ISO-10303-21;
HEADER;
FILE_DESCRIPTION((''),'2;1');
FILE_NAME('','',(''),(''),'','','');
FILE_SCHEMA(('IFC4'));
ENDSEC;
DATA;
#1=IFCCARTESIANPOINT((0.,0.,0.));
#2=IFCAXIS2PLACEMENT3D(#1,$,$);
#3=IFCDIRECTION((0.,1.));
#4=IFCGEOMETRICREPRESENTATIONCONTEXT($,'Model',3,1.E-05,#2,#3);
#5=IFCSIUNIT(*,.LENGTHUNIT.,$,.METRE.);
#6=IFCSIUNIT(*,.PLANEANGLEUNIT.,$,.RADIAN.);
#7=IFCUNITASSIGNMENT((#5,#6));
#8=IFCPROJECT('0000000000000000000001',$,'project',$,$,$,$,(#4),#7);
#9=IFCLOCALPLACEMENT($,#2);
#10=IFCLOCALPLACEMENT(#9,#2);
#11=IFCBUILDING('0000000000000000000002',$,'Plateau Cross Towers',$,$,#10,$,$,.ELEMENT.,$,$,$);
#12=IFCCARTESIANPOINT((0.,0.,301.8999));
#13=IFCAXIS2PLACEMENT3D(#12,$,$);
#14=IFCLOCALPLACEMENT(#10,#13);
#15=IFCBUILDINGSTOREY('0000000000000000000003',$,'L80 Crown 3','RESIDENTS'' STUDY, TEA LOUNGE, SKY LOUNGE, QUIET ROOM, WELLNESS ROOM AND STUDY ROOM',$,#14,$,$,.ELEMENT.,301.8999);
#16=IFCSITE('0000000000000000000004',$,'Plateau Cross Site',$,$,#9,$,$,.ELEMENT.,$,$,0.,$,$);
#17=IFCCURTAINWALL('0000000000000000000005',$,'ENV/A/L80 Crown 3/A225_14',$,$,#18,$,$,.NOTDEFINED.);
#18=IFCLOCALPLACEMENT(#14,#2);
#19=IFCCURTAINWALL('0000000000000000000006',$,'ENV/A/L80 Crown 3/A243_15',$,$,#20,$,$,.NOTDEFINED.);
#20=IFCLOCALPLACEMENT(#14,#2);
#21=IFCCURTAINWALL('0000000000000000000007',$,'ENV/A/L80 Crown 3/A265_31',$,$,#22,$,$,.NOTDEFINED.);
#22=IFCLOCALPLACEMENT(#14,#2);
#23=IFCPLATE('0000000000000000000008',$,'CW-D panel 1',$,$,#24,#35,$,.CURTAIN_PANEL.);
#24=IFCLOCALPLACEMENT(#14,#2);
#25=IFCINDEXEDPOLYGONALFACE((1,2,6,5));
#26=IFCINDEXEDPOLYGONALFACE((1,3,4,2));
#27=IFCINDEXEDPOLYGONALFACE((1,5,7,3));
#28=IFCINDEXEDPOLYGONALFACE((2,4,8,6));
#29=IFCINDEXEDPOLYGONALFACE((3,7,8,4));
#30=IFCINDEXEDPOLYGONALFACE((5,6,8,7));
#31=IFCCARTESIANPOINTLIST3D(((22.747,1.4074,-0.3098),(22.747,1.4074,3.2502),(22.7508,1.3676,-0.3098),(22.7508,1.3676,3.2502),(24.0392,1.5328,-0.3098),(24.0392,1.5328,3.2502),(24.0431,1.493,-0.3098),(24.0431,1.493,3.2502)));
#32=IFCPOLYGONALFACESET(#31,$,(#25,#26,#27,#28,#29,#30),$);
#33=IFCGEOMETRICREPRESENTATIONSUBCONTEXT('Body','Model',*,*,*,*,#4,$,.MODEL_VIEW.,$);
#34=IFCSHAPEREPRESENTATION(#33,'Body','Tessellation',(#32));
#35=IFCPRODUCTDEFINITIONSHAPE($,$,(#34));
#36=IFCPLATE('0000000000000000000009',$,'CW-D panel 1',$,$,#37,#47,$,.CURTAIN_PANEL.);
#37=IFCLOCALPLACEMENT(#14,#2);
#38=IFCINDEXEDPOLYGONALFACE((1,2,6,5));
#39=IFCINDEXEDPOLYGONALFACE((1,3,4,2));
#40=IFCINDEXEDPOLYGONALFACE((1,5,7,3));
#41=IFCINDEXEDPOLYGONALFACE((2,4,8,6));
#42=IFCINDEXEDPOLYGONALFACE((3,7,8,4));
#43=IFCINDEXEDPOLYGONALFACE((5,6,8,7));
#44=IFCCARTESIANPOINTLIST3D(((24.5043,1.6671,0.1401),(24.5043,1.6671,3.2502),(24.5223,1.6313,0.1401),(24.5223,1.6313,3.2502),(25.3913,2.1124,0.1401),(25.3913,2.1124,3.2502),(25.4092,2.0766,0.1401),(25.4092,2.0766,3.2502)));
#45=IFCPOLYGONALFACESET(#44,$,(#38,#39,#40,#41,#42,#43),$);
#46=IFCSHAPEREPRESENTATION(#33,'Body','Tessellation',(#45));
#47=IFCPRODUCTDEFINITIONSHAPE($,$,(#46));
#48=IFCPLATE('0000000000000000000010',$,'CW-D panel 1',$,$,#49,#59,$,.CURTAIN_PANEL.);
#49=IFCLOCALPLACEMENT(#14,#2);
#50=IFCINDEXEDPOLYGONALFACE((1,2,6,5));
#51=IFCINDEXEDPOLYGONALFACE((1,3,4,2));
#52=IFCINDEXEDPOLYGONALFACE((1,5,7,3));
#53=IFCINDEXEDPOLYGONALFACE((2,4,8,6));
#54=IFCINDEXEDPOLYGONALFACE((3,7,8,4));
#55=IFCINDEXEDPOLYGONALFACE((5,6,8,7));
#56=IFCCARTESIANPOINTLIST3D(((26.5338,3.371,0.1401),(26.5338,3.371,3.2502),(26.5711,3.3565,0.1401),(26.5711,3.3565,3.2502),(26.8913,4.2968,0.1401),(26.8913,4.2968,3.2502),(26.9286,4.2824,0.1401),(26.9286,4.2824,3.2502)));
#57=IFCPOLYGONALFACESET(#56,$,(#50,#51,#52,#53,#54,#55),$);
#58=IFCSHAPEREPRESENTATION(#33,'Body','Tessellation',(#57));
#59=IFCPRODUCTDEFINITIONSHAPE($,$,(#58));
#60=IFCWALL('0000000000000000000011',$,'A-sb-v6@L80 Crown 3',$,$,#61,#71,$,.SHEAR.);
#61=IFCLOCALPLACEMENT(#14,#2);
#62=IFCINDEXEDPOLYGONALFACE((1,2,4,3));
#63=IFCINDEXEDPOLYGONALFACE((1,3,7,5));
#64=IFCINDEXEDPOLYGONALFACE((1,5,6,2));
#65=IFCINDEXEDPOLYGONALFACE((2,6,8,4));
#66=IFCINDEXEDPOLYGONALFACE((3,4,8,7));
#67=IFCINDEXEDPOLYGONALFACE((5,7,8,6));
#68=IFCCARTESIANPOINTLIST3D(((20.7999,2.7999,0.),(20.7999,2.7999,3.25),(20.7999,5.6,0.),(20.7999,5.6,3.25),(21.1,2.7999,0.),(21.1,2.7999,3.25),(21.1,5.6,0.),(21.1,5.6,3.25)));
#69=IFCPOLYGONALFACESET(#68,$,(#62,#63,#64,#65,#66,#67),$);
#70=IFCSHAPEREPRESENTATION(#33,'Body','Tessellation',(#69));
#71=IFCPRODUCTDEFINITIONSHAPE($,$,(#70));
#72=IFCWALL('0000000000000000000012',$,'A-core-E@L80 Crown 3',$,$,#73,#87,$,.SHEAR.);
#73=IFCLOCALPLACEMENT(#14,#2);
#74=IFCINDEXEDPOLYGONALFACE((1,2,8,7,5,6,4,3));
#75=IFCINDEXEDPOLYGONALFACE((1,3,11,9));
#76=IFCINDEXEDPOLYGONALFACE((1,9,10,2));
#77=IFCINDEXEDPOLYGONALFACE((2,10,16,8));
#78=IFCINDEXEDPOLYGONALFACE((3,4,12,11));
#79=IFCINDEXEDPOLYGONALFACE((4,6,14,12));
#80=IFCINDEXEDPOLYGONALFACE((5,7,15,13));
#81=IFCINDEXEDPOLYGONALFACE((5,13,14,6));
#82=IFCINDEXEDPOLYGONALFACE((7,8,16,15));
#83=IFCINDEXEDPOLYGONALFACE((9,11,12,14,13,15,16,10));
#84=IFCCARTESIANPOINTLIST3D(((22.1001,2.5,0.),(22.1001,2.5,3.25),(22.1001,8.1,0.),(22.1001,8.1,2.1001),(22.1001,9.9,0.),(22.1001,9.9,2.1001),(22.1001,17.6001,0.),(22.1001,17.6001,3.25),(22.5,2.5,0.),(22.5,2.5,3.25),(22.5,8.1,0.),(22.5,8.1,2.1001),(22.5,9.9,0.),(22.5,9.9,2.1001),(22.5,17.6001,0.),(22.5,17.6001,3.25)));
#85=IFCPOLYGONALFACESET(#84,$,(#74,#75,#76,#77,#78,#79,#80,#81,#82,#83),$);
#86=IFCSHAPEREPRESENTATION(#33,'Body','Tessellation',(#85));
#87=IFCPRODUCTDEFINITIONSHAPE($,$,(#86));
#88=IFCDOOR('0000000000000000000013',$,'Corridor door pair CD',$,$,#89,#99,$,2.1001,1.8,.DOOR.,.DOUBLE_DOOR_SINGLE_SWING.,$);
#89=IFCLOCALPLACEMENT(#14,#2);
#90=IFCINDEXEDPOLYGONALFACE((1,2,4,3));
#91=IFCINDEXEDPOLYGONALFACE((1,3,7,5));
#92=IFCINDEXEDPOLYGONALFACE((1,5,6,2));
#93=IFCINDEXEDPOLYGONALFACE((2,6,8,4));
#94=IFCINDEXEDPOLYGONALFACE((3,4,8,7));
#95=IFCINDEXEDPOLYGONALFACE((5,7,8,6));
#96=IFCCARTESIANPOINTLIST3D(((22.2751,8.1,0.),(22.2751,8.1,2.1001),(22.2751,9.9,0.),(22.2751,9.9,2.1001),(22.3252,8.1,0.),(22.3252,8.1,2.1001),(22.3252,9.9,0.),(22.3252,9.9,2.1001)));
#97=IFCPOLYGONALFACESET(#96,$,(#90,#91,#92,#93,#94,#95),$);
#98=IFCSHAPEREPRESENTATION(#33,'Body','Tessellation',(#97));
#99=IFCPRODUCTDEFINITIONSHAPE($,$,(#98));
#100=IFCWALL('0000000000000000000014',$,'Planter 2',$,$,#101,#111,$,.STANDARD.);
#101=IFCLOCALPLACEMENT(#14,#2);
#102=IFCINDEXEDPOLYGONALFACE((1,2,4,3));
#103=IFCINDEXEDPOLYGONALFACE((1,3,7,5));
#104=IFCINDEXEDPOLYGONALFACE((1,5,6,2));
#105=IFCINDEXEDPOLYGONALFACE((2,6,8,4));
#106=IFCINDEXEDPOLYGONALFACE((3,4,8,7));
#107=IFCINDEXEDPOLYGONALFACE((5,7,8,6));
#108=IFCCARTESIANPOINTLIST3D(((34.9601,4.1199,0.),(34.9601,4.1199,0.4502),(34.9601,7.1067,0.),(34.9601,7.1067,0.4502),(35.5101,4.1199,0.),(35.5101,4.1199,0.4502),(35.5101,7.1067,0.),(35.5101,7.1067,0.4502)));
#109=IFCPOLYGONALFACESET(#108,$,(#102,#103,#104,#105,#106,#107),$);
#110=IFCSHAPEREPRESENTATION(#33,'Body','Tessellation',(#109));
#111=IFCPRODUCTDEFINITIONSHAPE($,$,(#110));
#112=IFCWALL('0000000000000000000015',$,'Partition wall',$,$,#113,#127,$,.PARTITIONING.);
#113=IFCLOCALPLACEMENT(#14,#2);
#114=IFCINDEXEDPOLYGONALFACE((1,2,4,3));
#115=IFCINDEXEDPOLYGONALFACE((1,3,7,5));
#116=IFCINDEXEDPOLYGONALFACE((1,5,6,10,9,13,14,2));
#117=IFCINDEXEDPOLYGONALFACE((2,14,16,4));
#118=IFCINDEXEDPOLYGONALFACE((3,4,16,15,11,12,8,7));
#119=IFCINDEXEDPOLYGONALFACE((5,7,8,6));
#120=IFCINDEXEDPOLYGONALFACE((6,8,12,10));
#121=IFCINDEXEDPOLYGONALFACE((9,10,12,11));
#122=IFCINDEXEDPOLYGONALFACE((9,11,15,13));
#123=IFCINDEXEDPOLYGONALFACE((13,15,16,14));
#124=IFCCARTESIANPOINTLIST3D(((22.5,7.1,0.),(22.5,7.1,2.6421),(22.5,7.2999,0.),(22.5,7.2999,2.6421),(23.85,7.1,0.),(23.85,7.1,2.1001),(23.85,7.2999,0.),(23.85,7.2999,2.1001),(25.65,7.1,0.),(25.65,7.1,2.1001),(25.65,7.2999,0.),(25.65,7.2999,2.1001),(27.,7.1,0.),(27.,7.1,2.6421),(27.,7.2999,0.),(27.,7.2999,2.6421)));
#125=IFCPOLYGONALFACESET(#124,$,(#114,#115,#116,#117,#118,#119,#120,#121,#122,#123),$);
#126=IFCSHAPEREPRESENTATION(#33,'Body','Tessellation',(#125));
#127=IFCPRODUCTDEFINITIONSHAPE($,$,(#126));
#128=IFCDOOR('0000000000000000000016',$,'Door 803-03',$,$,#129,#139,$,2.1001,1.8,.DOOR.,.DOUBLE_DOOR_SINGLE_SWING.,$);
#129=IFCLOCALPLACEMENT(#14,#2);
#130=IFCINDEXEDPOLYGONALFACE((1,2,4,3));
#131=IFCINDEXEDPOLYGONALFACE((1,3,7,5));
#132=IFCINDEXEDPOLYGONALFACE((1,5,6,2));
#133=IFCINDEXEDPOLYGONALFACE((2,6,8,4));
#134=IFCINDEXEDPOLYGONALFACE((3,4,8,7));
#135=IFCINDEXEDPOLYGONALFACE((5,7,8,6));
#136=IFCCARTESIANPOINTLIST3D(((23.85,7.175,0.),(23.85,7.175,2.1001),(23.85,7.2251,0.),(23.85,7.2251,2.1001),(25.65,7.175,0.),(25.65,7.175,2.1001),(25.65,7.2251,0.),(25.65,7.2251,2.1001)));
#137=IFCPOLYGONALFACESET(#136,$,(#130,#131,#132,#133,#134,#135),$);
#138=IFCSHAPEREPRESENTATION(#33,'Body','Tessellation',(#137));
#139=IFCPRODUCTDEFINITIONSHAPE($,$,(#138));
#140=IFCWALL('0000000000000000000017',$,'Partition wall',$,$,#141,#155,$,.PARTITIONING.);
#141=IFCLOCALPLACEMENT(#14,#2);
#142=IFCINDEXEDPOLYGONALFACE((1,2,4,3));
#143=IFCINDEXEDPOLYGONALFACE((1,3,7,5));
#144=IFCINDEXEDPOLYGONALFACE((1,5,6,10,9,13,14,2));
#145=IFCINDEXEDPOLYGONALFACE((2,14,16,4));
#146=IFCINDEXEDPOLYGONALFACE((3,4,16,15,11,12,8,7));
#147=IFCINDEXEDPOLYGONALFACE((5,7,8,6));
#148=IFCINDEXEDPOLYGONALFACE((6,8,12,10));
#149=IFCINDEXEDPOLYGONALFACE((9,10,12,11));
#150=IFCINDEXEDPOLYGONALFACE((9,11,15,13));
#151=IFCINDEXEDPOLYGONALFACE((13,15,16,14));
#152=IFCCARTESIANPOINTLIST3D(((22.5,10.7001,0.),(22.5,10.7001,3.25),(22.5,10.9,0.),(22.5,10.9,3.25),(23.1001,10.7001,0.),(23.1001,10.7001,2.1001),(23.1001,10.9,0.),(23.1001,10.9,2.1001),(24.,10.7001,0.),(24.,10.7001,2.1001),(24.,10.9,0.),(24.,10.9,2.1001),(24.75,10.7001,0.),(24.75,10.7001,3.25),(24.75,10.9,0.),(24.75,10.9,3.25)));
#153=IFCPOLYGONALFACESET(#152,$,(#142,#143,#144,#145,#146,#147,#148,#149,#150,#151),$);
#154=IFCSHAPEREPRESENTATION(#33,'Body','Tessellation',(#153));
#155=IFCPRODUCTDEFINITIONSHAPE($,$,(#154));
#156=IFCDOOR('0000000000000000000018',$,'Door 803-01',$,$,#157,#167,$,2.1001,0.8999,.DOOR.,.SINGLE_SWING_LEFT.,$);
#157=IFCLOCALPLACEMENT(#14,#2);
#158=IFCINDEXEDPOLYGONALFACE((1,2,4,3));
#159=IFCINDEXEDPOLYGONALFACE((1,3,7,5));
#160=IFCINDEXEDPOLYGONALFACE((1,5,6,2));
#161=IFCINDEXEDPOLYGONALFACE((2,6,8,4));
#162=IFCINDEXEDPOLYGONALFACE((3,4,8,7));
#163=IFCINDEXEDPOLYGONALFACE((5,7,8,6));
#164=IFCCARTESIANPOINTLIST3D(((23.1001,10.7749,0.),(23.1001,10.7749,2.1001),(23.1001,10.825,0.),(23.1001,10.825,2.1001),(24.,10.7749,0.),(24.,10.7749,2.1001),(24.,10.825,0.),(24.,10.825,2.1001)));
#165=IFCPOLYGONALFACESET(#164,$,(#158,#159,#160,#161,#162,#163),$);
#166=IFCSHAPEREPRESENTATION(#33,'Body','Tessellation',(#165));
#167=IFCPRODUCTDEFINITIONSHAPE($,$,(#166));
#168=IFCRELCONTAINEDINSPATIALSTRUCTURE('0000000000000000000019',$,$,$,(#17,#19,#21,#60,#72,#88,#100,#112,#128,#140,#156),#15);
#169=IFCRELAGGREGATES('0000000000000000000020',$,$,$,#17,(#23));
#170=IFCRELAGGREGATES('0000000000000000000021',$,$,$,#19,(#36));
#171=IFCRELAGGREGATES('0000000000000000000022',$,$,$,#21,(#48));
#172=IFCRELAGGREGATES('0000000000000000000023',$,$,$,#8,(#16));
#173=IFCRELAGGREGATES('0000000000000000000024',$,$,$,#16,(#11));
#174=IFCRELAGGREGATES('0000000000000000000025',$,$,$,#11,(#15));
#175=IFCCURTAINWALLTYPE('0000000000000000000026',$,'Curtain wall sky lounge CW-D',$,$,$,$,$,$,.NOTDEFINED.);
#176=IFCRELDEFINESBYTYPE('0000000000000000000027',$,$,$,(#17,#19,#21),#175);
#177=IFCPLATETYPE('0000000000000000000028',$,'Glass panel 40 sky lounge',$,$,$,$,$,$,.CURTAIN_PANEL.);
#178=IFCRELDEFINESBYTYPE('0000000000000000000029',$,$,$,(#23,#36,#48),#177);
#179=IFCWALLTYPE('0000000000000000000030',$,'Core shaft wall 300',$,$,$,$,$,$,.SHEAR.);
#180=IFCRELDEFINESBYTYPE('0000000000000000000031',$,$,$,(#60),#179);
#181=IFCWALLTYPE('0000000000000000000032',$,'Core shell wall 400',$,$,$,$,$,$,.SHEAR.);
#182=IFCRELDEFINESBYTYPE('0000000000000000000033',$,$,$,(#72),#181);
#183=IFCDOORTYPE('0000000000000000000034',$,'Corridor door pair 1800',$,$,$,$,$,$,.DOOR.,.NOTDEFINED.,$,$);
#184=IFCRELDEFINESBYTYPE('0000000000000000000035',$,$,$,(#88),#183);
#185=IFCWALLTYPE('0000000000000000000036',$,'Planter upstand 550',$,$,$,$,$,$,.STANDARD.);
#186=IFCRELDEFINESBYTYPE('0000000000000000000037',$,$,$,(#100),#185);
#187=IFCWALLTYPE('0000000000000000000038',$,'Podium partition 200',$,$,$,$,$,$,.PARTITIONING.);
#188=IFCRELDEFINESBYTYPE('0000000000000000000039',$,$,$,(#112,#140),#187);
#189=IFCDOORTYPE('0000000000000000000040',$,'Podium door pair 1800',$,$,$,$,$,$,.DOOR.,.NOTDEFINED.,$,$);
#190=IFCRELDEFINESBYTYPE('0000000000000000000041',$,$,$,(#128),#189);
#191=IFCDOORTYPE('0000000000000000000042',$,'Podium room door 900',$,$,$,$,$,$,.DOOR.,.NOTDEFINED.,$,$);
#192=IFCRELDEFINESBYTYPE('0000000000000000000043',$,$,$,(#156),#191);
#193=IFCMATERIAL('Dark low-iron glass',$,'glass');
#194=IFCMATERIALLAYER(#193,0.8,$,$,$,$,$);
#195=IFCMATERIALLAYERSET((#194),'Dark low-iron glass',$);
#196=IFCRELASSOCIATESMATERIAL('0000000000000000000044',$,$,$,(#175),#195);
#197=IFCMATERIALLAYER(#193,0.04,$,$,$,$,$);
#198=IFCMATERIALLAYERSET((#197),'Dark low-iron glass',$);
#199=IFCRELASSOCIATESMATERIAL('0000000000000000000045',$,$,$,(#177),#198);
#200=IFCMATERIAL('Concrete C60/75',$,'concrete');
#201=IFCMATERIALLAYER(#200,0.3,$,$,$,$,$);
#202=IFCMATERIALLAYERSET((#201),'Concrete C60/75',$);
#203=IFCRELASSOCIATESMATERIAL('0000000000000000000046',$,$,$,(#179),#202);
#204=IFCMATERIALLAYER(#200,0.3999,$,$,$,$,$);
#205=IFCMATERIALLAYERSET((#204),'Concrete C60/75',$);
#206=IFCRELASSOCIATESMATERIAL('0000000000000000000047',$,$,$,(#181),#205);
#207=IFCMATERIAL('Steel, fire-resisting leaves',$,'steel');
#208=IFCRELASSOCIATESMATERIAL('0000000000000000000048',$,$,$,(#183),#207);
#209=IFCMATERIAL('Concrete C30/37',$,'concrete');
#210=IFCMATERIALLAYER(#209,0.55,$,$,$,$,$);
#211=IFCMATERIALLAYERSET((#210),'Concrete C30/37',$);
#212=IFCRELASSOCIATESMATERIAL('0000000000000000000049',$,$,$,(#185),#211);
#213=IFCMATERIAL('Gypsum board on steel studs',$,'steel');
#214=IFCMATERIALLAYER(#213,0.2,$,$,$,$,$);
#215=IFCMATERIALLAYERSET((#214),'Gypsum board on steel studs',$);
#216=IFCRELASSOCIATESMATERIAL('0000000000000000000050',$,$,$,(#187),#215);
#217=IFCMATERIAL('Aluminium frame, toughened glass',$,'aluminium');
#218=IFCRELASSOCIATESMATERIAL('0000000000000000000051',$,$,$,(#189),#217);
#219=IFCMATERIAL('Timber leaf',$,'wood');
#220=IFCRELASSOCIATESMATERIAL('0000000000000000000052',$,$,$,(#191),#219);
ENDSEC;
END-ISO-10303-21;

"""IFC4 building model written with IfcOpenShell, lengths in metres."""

from ifc_helpers import new_model, si_unit, direction, frame, frame_2d, origin, origin_2d, place, context, subcontext, project, spatial, rectangle, extrude, material, layer, layer_set, type_object, element, fill, aggregate, save


model = new_model("IFC4")

# Units and contexts
model_context = context("Model", 3, precision=1e-05, world=origin(), true_north=direction((0.0, 1.0)))
body_context = subcontext(model_context, "Body", "Model", "MODEL_VIEW")
ifc_project = project(units=[si_unit("LENGTHUNIT", "METRE"), si_unit("PLANEANGLEUNIT", "RADIAN")], contexts=[model_context])

# Site, building, storey
site_placement = place(None, origin())
site = spatial("IfcSite", under=ifc_project, at=site_placement, Name="Plateau Cross Site", CompositionType="ELEMENT", RefElevation=0.0)
building_placement = place(site_placement, origin())
building = spatial("IfcBuilding", under=site, at=building_placement, Name="Plateau Cross Towers", CompositionType="ELEMENT")
storey_placement = place(building_placement, frame((0.0, 0.0, 301.8999)))
storey = spatial("IfcBuildingStorey", under=building, at=storey_placement, Name="L80 Crown 3", Description="RESIDENTS' STUDY, TEA LOUNGE, SKY LOUNGE, QUIET ROOM, WELLNESS ROOM AND STUDY ROOM", CompositionType="ELEMENT", Elevation=301.8999)

# Shared definitions
ifc_material_1 = material(Name="Concrete C60/75", Category="concrete")

# Curtain wall
ifc_material_2 = material(Name="Dark low-iron glass", Category="glass")
ifc_layer_1 = layer(ifc_material_2, 0.8)
ifc_layer_set_1 = layer_set([ifc_layer_1], Name="Dark low-iron glass")
curtain_wall_type = type_object("IfcCurtainWallType", Name="Curtain wall sky lounge CW-D", PredefinedType="NOTDEFINED", material=ifc_layer_set_1)
curtain_wall_1_placement = place(storey_placement, origin())
curtain_wall_1 = element("IfcCurtainWall", 1, at=curtain_wall_1_placement, inside=storey, type_object=curtain_wall_type, Name="ENV/A/L80 Crown 3/A225_14", PredefinedType="NOTDEFINED")

# Curtain walls
curtain_wall_2_placement = place(storey_placement, origin())
curtain_wall_2 = element("IfcCurtainWall", 2, at=curtain_wall_2_placement, inside=storey, type_object=curtain_wall_type, Name="ENV/A/L80 Crown 3/A243_15", PredefinedType="NOTDEFINED")
curtain_wall_3_placement = place(storey_placement, origin())
curtain_wall_3 = element("IfcCurtainWall", 3, at=curtain_wall_3_placement, inside=storey, type_object=curtain_wall_type, Name="ENV/A/L80 Crown 3/A265_31", PredefinedType="NOTDEFINED")

# Shared definitions
ifc_layer_2 = layer(ifc_material_2, 0.04)
ifc_layer_set_2 = layer_set([ifc_layer_2], Name="Dark low-iron glass")
plate_type = type_object("IfcPlateType", Name="Glass panel 40 sky lounge", PredefinedType="CURTAIN_PANEL", material=ifc_layer_set_2)

# Plates
plate_1_placement = place(storey_placement, frame((23.395, 1.4502, -0.3098), z_axis=(0.0, 0.0, 1.0), x_axis=(0.995323, 0.096606, 0.0)))
plate_1 = element("IfcPlate", 4, at=plate_1_placement, type_object=plate_type, Name="CW-D panel 1", PredefinedType="CURTAIN_PANEL", context=body_context, shape_type="SweptSolid", body=[
    extrude(rectangle(XDim=1.2983, YDim=0.04, at=origin_2d()), origin(), (0.0, 0.0, 1.0), 3.5601),
])
aggregate(curtain_wall_1, [plate_1])
plate_2_placement = place(storey_placement, frame((24.9568, 1.8718, 0.1401), z_axis=(0.0, 0.0, 1.0), x_axis=(0.893702, 0.448661, 0.0)))
plate_2 = element("IfcPlate", 5, at=plate_2_placement, type_object=plate_type, Name="CW-D panel 1", PredefinedType="CURTAIN_PANEL", context=body_context, shape_type="SweptSolid", body=[
    extrude(rectangle(XDim=0.9924, YDim=0.04, at=origin_2d()), origin(), (0.0, 0.0, 1.0), 3.1101),
])
aggregate(curtain_wall_2, [plate_2])
plate_3_placement = place(storey_placement, frame((26.7312, 3.8267, 0.1401), z_axis=(0.0, 0.0, 1.0), x_axis=(0.360226, 0.932865, 0.0)))
plate_3 = element("IfcPlate", 6, at=plate_3_placement, type_object=plate_type, Name="CW-D panel 1", PredefinedType="CURTAIN_PANEL", context=body_context, shape_type="SweptSolid", body=[
    extrude(rectangle(XDim=0.9924, YDim=0.04, at=origin_2d()), origin(), (0.0, 0.0, 1.0), 3.1101),
])
aggregate(curtain_wall_3, [plate_3])

# Wall
ifc_layer_3 = layer(ifc_material_1, 0.3)
ifc_layer_set_3 = layer_set([ifc_layer_3], Name="Concrete C60/75")
wall_type_1 = type_object("IfcWallType", Name="Core shaft wall 300", PredefinedType="SHEAR", material=ifc_layer_set_3)
wall_1_placement = place(storey_placement, frame((20.95, 2.8, 0.0), z_axis=(0.0, 0.0, 1.0), x_axis=(0.0, 1.0, 0.0)))
element("IfcWall", 7, at=wall_1_placement, inside=storey, type_object=wall_type_1, Name="A-sb-v6@L80 Crown 3", PredefinedType="SHEAR", context=body_context, shape_type="SweptSolid", body=[
    extrude(rectangle(XDim=2.8, YDim=0.3, at=frame_2d((1.3999, 0.0))), origin(), (0.0, 0.0, 1.0), 3.25),
])

# Wall, opening, door
ifc_layer_4 = layer(ifc_material_1, 0.3999)
ifc_layer_set_4 = layer_set([ifc_layer_4], Name="Concrete C60/75")
wall_type_2 = type_object("IfcWallType", Name="Core shell wall 400", PredefinedType="SHEAR", material=ifc_layer_set_4)
wall_2_placement = place(storey_placement, frame((22.3, 2.5, 0.0), z_axis=(0.0, 0.0, 1.0), x_axis=(0.0, 1.0, 0.0)))
wall_2 = element("IfcWall", 8, at=wall_2_placement, inside=storey, type_object=wall_type_2, Name="A-core-E@L80 Crown 3", PredefinedType="SHEAR", context=body_context, shape_type="SweptSolid", body=[
    extrude(rectangle(XDim=15.1001, YDim=0.3999, at=frame_2d((7.55, 0.0))), origin(), (0.0, 0.0, 1.0), 3.25),
])
opening_1_placement = place(wall_2_placement, frame((5.6001, 0.0, 0.0)))
opening_1 = element("IfcOpeningElement", 9, at=opening_1_placement, cuts=wall_2, PredefinedType="OPENING", context=body_context, shape_type="SweptSolid", body=[
    extrude(rectangle(XDim=1.8, YDim=2.1001, at=frame_2d((0.8999, 1.05))), frame((0.0, 0.21, 0.0), z_axis=(0.0, -1.0, 0.0), x_axis=(1.0, 0.0, 0.0)), (0.0, 0.0, 1.0), 0.4199),
])
ifc_material_3 = material(Name="Steel, fire-resisting leaves", Category="steel")
door_type_1 = type_object("IfcDoorType", Name="Corridor door pair 1800", OperationType="NOTDEFINED", PredefinedType="DOOR", material=ifc_material_3)
door_1_placement = place(opening_1_placement, origin())
door_1 = element("IfcDoor", 10, at=door_1_placement, inside=storey, type_object=door_type_1, Name="Corridor door pair CD", OperationType="DOUBLE_DOOR_SINGLE_SWING", OverallHeight=2.1001, OverallWidth=1.8, PredefinedType="DOOR", context=body_context, shape_type="SweptSolid", body=[
    extrude(rectangle(XDim=1.8, YDim=2.1001, at=frame_2d((0.8999, 1.05))), frame((0.0, 0.0249, 0.0), z_axis=(0.0, -1.0, 0.0), x_axis=(1.0, 0.0, 0.0)), (0.0, 0.0, 1.0), 0.05),
])
fill(opening_1, door_1)

# Wall
ifc_material_4 = material(Name="Concrete C30/37", Category="concrete")
ifc_layer_5 = layer(ifc_material_4, 0.55)
ifc_layer_set_5 = layer_set([ifc_layer_5], Name="Concrete C30/37")
wall_type_3 = type_object("IfcWallType", Name="Planter upstand 550", PredefinedType="STANDARD", material=ifc_layer_set_5)
wall_3_placement = place(storey_placement, frame((35.2351, 7.1067, 0.0), z_axis=(0.0, 0.0, 1.0), x_axis=(0.0, -1.0, 0.0)))
element("IfcWall", 11, at=wall_3_placement, inside=storey, type_object=wall_type_3, Name="Planter 2", PredefinedType="STANDARD", context=body_context, shape_type="SweptSolid", body=[
    extrude(rectangle(XDim=2.9868, YDim=0.55, at=frame_2d((1.4934, 0.0))), origin(), (0.0, 0.0, 1.0), 0.4502),
])

# Walls, openings, doors
ifc_material_5 = material(Name="Gypsum board on steel studs", Category="steel")
ifc_layer_6 = layer(ifc_material_5, 0.2)
ifc_layer_set_6 = layer_set([ifc_layer_6], Name="Gypsum board on steel studs")
wall_type_4 = type_object("IfcWallType", Name="Podium partition 200", PredefinedType="PARTITIONING", material=ifc_layer_set_6)
wall_4_placement = place(storey_placement, frame((27.0, 7.2, 0.0), z_axis=(0.0, 0.0, 1.0), x_axis=(-1.0, 0.0, 0.0)))
wall_4 = element("IfcWall", 12, at=wall_4_placement, inside=storey, type_object=wall_type_4, Name="Partition wall", PredefinedType="PARTITIONING", context=body_context, shape_type="SweptSolid", body=[
    extrude(rectangle(XDim=4.5, YDim=0.2, at=frame_2d((2.25, 0.0))), origin(), (0.0, 0.0, 1.0), 2.6421),
])
opening_2_placement = place(wall_4_placement, frame((1.3501, 0.0, 0.0)))
opening_2 = element("IfcOpeningElement", 13, at=opening_2_placement, cuts=wall_4, PredefinedType="OPENING", context=body_context, shape_type="SweptSolid", body=[
    extrude(rectangle(XDim=1.8, YDim=2.1001, at=frame_2d((0.8999, 1.05))), frame((0.0, 0.1099, 0.0), z_axis=(0.0, -1.0, 0.0), x_axis=(1.0, 0.0, 0.0)), (0.0, 0.0, 1.0), 0.22),
])
ifc_material_6 = material(Name="Aluminium frame, toughened glass", Category="aluminium")
door_type_2 = type_object("IfcDoorType", Name="Podium door pair 1800", OperationType="NOTDEFINED", PredefinedType="DOOR", material=ifc_material_6)
door_2_placement = place(opening_2_placement, origin())
door_2 = element("IfcDoor", 14, at=door_2_placement, inside=storey, type_object=door_type_2, Name="Door 803-03", OperationType="DOUBLE_DOOR_SINGLE_SWING", OverallHeight=2.1001, OverallWidth=1.8, PredefinedType="DOOR", context=body_context, shape_type="SweptSolid", body=[
    extrude(rectangle(XDim=1.8, YDim=2.1001, at=frame_2d((0.8999, 1.05))), frame((0.0, 0.0249, 0.0), z_axis=(0.0, -1.0, 0.0), x_axis=(1.0, 0.0, 0.0)), (0.0, 0.0, 1.0), 0.05),
])
fill(opening_2, door_2)
wall_5_placement = place(storey_placement, frame((22.5, 10.8, 0.0), z_axis=(0.0, 0.0, 1.0), x_axis=(1.0, 0.0, 0.0)))
wall_5 = element("IfcWall", 15, at=wall_5_placement, inside=storey, type_object=wall_type_4, Name="Partition wall", PredefinedType="PARTITIONING", context=body_context, shape_type="SweptSolid", body=[
    extrude(rectangle(XDim=2.25, YDim=0.2, at=frame_2d((1.125, 0.0))), origin(), (0.0, 0.0, 1.0), 3.25),
])
opening_3_placement = place(wall_5_placement, frame((0.6001, 0.0, 0.0)))
opening_3 = element("IfcOpeningElement", 16, at=opening_3_placement, cuts=wall_5, PredefinedType="OPENING", context=body_context, shape_type="SweptSolid", body=[
    extrude(rectangle(XDim=0.8999, YDim=2.1001, at=frame_2d((0.45, 1.05))), frame((0.0, 0.1099, 0.0), z_axis=(0.0, -1.0, 0.0), x_axis=(1.0, 0.0, 0.0)), (0.0, 0.0, 1.0), 0.22),
])
ifc_material_7 = material(Name="Timber leaf", Category="wood")
door_type_3 = type_object("IfcDoorType", Name="Podium room door 900", OperationType="NOTDEFINED", PredefinedType="DOOR", material=ifc_material_7)
door_3_placement = place(opening_3_placement, origin())
door_3 = element("IfcDoor", 17, at=door_3_placement, inside=storey, type_object=door_type_3, Name="Door 803-01", OperationType="SINGLE_SWING_LEFT", OverallHeight=2.1001, OverallWidth=0.8999, PredefinedType="DOOR", context=body_context, shape_type="SweptSolid", body=[
    extrude(rectangle(XDim=0.8999, YDim=2.1001, at=frame_2d((0.45, 1.05))), frame((0.0, 0.0249, 0.0), z_axis=(0.0, -1.0, 0.0), x_axis=(1.0, 0.0, 0.0)), (0.0, 0.0, 1.0), 0.05),
])
fill(opening_3, door_3)

save(model, "model.ifc")
